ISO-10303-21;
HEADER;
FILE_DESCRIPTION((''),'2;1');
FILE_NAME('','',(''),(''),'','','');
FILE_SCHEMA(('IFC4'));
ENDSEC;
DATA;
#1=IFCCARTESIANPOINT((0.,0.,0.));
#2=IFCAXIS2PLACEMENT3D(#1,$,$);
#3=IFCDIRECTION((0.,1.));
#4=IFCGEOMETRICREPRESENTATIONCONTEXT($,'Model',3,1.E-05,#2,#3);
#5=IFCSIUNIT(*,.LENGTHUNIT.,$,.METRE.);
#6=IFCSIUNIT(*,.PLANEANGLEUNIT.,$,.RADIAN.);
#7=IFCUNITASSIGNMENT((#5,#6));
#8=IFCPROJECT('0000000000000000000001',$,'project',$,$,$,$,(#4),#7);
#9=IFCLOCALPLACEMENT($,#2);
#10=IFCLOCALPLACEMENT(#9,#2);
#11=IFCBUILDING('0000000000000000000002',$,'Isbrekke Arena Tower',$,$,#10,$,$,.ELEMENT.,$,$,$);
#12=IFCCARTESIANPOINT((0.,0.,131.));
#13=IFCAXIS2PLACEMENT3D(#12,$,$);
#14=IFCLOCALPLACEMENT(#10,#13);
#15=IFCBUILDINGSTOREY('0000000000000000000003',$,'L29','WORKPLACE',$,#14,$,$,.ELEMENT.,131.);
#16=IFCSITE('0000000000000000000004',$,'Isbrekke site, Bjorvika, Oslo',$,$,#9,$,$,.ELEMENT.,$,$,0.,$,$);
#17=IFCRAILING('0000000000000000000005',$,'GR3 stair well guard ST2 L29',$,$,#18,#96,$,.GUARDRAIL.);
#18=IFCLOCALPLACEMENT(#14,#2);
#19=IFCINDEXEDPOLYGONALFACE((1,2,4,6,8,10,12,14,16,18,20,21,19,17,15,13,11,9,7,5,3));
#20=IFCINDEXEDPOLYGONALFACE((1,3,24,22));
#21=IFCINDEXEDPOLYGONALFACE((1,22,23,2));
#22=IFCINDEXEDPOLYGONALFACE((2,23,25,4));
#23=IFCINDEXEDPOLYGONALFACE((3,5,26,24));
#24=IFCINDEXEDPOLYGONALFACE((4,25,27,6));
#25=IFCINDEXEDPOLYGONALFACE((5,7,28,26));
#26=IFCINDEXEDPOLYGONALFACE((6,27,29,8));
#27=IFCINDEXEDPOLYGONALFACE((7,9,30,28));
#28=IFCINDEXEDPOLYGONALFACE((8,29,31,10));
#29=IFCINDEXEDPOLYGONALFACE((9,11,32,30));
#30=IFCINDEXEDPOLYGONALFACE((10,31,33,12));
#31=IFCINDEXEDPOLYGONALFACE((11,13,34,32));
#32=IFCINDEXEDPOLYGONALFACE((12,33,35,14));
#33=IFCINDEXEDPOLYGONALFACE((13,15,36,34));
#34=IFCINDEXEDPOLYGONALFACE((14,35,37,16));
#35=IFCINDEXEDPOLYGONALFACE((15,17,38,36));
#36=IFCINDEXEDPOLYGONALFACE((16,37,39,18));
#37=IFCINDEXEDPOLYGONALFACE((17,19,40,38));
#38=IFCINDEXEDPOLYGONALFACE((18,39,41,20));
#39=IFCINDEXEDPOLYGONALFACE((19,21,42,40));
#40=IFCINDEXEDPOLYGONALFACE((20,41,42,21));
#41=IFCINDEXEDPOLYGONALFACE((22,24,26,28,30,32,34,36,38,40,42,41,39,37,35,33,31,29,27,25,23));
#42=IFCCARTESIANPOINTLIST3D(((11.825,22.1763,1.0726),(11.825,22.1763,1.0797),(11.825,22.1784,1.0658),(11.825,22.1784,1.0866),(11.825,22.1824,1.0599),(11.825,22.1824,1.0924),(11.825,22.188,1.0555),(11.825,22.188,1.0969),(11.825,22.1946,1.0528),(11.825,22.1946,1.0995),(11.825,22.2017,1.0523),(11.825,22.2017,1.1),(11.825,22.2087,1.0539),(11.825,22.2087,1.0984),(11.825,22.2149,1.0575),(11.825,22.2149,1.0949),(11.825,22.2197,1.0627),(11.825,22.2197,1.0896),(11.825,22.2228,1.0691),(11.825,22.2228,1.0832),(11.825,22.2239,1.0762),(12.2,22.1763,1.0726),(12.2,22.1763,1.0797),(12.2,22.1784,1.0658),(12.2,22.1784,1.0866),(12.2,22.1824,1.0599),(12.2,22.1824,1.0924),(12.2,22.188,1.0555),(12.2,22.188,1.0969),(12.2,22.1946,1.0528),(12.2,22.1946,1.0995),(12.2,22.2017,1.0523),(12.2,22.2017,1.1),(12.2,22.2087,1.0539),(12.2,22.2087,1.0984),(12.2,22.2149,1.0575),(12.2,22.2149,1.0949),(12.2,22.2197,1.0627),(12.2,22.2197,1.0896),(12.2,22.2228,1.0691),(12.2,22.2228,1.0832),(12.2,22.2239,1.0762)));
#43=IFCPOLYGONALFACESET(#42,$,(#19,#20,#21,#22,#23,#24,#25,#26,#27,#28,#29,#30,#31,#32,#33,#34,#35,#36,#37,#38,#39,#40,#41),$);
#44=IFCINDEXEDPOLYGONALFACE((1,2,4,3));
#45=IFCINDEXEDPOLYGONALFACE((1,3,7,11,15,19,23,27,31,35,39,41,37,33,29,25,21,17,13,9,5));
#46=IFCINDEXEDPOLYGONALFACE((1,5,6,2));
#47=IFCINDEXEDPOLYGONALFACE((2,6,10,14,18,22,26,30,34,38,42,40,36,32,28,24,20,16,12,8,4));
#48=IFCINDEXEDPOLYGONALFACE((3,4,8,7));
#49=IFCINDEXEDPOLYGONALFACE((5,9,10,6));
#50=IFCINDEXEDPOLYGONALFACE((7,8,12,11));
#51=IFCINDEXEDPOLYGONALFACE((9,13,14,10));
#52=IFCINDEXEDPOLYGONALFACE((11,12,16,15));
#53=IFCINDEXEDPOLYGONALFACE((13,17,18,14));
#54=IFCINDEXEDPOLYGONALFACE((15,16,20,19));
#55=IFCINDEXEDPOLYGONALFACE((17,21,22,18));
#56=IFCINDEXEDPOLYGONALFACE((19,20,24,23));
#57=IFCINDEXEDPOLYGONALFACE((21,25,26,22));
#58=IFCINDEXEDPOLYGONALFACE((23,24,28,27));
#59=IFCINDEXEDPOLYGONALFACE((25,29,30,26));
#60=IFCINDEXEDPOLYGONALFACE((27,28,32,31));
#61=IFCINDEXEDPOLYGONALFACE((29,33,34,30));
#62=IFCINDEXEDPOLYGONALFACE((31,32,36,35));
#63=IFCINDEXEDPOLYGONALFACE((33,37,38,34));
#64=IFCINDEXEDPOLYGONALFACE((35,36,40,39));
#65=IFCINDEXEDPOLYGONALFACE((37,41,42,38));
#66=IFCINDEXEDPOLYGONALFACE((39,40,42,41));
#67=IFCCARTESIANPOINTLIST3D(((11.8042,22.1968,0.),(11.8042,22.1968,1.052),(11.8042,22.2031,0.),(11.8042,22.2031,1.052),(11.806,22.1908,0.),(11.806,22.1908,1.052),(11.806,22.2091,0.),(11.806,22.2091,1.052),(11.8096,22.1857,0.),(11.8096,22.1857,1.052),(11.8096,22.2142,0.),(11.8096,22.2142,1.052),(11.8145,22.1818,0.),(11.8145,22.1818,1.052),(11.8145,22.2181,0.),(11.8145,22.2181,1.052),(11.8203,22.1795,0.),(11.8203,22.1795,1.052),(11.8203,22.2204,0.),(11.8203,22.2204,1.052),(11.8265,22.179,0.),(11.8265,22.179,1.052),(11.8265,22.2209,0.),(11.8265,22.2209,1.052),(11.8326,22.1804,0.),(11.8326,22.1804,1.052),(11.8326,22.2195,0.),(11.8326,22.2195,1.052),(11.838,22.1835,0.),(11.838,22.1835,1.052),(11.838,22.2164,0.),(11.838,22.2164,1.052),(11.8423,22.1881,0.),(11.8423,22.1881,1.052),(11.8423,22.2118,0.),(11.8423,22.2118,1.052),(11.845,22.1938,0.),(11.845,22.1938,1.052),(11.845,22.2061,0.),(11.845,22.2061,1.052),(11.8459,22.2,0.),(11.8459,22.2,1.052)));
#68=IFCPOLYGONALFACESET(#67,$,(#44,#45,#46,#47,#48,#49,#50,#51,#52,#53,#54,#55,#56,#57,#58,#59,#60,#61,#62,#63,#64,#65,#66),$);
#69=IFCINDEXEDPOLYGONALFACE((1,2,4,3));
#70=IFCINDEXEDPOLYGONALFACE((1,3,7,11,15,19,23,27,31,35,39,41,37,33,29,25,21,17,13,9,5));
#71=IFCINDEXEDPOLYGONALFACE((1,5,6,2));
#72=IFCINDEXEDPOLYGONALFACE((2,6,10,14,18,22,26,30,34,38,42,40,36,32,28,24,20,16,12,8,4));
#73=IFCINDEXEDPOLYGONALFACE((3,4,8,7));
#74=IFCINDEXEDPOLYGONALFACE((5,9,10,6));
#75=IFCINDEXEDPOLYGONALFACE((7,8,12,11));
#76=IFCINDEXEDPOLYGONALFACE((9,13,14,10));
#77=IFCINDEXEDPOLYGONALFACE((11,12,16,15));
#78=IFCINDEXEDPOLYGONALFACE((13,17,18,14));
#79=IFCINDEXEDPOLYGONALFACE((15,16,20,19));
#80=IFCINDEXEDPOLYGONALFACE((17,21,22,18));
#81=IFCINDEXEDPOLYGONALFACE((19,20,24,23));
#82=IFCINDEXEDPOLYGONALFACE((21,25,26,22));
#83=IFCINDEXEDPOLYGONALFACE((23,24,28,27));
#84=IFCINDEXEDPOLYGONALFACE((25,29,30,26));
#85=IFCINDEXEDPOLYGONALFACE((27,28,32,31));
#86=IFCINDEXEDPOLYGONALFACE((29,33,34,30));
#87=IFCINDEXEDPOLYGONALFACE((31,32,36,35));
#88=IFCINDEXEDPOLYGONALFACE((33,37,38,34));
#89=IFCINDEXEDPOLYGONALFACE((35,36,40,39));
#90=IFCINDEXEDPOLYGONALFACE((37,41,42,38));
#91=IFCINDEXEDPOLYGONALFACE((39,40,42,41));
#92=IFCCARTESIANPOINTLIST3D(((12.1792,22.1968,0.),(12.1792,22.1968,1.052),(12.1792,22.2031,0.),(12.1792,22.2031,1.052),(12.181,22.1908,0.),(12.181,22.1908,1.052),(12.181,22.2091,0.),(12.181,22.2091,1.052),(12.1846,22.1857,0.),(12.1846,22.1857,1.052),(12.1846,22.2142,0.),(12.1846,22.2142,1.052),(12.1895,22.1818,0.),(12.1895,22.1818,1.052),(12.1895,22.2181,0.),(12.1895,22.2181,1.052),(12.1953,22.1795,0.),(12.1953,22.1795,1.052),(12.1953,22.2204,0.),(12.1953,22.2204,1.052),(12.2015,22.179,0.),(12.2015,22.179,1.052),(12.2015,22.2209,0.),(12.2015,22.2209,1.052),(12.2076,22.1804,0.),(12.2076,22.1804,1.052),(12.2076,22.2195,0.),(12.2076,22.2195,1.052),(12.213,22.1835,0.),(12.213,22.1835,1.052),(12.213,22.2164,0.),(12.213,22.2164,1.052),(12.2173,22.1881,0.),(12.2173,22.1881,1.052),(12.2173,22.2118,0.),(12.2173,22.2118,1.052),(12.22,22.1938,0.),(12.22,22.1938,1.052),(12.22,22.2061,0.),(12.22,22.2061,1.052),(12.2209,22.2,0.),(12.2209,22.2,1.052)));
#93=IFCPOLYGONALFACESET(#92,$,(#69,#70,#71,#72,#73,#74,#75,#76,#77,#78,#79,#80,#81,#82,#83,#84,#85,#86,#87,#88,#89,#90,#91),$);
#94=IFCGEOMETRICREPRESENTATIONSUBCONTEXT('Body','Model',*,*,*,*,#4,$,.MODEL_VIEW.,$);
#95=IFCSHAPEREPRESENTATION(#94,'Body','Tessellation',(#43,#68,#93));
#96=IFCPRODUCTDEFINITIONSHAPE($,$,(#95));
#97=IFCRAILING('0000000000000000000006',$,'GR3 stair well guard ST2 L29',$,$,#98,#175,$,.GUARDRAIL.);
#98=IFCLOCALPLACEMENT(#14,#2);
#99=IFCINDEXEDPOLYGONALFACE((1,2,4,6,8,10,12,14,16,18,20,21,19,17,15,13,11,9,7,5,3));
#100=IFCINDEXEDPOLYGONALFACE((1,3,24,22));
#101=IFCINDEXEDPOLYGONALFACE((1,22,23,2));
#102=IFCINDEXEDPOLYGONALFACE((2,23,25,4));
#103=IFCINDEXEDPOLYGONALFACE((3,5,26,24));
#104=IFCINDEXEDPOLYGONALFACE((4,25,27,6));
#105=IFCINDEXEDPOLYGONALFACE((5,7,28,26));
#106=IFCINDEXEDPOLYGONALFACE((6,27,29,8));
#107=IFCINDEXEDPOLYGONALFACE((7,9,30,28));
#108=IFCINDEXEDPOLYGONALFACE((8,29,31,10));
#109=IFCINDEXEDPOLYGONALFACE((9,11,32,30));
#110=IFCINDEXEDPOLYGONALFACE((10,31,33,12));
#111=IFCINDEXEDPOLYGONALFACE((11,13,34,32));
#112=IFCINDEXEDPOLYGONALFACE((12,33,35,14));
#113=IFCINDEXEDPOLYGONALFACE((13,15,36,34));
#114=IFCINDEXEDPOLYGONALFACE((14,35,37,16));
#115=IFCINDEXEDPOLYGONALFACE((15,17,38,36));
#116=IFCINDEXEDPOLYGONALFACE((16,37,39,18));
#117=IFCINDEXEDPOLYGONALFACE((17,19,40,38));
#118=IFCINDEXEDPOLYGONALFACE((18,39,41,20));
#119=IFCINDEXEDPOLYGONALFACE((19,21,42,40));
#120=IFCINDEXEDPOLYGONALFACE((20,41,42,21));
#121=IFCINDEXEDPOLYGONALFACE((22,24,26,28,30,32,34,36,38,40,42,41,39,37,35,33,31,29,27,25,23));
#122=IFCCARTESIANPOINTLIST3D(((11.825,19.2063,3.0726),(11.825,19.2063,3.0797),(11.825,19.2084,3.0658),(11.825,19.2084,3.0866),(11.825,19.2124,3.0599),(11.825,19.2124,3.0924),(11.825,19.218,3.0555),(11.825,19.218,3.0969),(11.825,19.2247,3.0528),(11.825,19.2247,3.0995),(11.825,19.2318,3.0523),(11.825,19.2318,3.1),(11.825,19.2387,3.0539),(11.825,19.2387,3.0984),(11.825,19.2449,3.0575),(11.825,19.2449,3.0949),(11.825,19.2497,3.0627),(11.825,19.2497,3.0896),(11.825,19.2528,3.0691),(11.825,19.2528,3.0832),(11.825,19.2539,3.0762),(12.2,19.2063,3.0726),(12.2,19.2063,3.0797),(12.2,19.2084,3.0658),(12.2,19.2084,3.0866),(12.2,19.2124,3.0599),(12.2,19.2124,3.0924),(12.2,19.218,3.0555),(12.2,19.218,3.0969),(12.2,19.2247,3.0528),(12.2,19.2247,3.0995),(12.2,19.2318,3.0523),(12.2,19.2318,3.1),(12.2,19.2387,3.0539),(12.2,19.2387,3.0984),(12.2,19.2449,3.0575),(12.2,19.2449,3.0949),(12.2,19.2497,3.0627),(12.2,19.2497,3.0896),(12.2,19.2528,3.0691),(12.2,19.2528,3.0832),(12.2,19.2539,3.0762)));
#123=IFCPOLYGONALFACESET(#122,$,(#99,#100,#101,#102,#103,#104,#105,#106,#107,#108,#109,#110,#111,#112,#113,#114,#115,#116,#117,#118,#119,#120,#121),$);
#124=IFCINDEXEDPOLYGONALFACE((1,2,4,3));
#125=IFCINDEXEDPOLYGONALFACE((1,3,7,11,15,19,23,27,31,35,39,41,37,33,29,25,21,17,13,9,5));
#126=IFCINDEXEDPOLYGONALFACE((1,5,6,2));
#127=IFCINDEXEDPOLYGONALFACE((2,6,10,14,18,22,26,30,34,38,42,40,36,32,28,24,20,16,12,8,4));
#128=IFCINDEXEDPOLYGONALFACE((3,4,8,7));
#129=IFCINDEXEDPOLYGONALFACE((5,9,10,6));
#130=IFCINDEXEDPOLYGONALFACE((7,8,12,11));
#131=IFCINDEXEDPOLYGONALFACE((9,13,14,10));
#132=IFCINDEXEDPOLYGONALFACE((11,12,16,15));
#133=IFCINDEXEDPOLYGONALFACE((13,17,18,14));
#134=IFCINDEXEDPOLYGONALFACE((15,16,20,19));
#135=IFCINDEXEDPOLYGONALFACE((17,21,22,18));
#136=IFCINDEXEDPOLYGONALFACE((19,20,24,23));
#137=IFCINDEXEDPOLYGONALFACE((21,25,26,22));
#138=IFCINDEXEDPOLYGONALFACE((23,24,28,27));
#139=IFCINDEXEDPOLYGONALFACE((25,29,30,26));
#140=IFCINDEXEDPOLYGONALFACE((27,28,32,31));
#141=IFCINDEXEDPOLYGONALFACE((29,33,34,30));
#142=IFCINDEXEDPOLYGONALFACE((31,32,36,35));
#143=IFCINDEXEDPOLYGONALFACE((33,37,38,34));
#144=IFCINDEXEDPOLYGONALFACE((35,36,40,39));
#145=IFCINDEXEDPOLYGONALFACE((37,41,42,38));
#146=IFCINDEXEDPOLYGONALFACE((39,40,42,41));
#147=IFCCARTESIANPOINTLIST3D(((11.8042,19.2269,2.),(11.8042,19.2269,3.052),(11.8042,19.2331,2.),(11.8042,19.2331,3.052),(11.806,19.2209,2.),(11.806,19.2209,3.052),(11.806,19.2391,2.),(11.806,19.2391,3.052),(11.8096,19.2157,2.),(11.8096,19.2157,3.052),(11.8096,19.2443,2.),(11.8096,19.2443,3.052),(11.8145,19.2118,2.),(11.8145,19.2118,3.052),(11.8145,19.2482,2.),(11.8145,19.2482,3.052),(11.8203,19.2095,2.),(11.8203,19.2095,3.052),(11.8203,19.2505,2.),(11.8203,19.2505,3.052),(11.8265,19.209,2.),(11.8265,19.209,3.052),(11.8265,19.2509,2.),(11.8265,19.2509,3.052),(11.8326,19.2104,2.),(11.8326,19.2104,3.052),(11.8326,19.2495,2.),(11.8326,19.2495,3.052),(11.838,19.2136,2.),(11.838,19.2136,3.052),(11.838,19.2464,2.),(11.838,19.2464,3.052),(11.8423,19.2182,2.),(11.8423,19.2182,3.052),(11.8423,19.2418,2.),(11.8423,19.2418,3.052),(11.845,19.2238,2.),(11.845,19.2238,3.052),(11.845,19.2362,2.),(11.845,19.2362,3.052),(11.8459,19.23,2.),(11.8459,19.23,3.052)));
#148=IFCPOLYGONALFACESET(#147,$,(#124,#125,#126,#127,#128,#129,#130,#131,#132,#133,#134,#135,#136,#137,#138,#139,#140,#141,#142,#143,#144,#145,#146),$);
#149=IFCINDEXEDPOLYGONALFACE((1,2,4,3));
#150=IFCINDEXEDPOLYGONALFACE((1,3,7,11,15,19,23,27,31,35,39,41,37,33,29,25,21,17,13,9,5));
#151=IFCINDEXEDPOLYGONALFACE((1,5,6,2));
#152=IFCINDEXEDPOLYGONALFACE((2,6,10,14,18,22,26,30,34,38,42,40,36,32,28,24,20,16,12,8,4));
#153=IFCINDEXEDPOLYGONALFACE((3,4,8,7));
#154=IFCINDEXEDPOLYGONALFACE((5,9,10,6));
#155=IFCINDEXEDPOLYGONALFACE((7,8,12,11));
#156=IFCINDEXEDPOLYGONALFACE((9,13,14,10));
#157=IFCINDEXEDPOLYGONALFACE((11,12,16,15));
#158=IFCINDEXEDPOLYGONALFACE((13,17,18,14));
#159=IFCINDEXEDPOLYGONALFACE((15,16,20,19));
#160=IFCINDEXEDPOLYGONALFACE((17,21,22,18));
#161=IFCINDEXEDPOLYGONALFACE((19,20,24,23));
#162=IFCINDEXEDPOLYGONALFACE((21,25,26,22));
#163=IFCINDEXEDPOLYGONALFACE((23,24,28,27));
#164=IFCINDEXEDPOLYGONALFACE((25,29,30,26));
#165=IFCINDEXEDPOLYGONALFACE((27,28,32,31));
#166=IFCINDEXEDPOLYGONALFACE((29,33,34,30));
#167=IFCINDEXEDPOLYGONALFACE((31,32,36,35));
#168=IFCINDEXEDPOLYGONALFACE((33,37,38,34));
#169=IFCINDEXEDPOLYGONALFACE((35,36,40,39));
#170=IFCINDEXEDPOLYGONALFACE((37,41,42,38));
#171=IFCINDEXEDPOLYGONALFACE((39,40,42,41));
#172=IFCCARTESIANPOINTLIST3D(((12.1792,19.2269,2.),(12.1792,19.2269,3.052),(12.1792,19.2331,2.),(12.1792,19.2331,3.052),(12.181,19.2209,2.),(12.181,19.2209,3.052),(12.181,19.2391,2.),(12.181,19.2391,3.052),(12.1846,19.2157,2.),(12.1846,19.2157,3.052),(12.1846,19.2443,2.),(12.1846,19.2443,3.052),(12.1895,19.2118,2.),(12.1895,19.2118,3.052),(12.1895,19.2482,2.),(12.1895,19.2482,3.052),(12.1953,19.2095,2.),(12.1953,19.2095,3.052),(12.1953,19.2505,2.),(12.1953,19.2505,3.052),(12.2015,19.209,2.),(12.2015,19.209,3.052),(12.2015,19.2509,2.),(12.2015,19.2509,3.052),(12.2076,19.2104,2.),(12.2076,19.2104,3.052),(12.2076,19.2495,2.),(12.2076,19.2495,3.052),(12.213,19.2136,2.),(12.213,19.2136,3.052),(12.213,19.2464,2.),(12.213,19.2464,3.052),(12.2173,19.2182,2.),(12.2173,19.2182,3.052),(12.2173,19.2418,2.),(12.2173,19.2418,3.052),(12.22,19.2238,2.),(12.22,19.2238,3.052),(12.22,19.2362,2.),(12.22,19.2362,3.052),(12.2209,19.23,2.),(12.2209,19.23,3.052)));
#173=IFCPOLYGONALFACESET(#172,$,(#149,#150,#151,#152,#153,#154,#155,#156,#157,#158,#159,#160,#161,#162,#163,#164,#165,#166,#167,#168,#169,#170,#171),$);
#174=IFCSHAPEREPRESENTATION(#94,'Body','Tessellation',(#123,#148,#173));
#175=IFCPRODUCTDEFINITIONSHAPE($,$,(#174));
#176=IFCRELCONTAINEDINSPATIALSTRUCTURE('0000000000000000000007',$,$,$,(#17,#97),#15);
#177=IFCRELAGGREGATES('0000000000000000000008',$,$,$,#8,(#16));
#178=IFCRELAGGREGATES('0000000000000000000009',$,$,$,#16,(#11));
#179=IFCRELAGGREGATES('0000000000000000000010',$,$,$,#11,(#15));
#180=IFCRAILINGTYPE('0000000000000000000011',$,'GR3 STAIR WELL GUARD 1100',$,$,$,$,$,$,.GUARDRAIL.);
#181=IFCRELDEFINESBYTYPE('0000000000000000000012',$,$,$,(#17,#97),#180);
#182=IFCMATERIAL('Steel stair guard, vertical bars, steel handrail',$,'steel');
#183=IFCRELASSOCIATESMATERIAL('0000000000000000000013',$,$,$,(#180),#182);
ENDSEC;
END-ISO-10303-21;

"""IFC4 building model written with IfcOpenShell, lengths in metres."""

from ifc_helpers import new_model, si_unit, direction, frame, origin, origin_2d, place, context, subcontext, project, spatial, circle, extrude, material, type_object, element, save


model = new_model("IFC4")

# Units and contexts
model_context = context("Model", 3, precision=1e-05, world=origin(), true_north=direction((0.0, 1.0)))
body_context = subcontext(model_context, "Body", "Model", "MODEL_VIEW")
ifc_project = project(units=[si_unit("LENGTHUNIT", "METRE"), si_unit("PLANEANGLEUNIT", "RADIAN")], contexts=[model_context])

# Site, building, storey
site_placement = place(None, origin())
site = spatial("IfcSite", under=ifc_project, at=site_placement, Name="Isbrekke site, Bjorvika, Oslo", CompositionType="ELEMENT", RefElevation=0.0)
building_placement = place(site_placement, origin())
building = spatial("IfcBuilding", under=site, at=building_placement, Name="Isbrekke Arena Tower", CompositionType="ELEMENT")
storey_placement = place(building_placement, frame((0.0, 0.0, 131.0)))
storey = spatial("IfcBuildingStorey", under=building, at=storey_placement, Name="L29", Description="WORKPLACE", CompositionType="ELEMENT", Elevation=131.0)

# Railings
ifc_material_1 = material(Name="Steel stair guard, vertical bars, steel handrail", Category="steel")
railing_type = type_object("IfcRailingType", Name="GR3 STAIR WELL GUARD 1100", PredefinedType="GUARDRAIL", material=ifc_material_1)
for number, where, name in (
    (1, (11.825, 22.2, 0.0), "GR3 stair well guard ST2 L29"),
    (2, (11.825, 19.23, 2.0), "GR3 stair well guard ST2 L29"),
):
    element("IfcRailing", number, at=place(storey_placement, frame(where)), inside=storey, type_object=railing_type, Name=name, PredefinedType="GUARDRAIL", context=body_context, shape_type="SweptSolid", body=[
        extrude(circle(Radius=0.0239, at=origin_2d()), frame((0.0, 0.0, 1.0762), z_axis=(1.0, 0.0, 0.0), x_axis=(0.0, 1.0, 0.0)), (0.0, 0.0, 1.0), 0.375),
        extrude(circle(Radius=0.021, at=origin_2d()), origin(), (0.0, 0.0, 1.0), 1.052),
        extrude(circle(Radius=0.021, at=origin_2d()), frame((0.375, 0.0, 0.0)), (0.0, 0.0, 1.0), 1.052),
    ])

save(model, "model.ifc")
